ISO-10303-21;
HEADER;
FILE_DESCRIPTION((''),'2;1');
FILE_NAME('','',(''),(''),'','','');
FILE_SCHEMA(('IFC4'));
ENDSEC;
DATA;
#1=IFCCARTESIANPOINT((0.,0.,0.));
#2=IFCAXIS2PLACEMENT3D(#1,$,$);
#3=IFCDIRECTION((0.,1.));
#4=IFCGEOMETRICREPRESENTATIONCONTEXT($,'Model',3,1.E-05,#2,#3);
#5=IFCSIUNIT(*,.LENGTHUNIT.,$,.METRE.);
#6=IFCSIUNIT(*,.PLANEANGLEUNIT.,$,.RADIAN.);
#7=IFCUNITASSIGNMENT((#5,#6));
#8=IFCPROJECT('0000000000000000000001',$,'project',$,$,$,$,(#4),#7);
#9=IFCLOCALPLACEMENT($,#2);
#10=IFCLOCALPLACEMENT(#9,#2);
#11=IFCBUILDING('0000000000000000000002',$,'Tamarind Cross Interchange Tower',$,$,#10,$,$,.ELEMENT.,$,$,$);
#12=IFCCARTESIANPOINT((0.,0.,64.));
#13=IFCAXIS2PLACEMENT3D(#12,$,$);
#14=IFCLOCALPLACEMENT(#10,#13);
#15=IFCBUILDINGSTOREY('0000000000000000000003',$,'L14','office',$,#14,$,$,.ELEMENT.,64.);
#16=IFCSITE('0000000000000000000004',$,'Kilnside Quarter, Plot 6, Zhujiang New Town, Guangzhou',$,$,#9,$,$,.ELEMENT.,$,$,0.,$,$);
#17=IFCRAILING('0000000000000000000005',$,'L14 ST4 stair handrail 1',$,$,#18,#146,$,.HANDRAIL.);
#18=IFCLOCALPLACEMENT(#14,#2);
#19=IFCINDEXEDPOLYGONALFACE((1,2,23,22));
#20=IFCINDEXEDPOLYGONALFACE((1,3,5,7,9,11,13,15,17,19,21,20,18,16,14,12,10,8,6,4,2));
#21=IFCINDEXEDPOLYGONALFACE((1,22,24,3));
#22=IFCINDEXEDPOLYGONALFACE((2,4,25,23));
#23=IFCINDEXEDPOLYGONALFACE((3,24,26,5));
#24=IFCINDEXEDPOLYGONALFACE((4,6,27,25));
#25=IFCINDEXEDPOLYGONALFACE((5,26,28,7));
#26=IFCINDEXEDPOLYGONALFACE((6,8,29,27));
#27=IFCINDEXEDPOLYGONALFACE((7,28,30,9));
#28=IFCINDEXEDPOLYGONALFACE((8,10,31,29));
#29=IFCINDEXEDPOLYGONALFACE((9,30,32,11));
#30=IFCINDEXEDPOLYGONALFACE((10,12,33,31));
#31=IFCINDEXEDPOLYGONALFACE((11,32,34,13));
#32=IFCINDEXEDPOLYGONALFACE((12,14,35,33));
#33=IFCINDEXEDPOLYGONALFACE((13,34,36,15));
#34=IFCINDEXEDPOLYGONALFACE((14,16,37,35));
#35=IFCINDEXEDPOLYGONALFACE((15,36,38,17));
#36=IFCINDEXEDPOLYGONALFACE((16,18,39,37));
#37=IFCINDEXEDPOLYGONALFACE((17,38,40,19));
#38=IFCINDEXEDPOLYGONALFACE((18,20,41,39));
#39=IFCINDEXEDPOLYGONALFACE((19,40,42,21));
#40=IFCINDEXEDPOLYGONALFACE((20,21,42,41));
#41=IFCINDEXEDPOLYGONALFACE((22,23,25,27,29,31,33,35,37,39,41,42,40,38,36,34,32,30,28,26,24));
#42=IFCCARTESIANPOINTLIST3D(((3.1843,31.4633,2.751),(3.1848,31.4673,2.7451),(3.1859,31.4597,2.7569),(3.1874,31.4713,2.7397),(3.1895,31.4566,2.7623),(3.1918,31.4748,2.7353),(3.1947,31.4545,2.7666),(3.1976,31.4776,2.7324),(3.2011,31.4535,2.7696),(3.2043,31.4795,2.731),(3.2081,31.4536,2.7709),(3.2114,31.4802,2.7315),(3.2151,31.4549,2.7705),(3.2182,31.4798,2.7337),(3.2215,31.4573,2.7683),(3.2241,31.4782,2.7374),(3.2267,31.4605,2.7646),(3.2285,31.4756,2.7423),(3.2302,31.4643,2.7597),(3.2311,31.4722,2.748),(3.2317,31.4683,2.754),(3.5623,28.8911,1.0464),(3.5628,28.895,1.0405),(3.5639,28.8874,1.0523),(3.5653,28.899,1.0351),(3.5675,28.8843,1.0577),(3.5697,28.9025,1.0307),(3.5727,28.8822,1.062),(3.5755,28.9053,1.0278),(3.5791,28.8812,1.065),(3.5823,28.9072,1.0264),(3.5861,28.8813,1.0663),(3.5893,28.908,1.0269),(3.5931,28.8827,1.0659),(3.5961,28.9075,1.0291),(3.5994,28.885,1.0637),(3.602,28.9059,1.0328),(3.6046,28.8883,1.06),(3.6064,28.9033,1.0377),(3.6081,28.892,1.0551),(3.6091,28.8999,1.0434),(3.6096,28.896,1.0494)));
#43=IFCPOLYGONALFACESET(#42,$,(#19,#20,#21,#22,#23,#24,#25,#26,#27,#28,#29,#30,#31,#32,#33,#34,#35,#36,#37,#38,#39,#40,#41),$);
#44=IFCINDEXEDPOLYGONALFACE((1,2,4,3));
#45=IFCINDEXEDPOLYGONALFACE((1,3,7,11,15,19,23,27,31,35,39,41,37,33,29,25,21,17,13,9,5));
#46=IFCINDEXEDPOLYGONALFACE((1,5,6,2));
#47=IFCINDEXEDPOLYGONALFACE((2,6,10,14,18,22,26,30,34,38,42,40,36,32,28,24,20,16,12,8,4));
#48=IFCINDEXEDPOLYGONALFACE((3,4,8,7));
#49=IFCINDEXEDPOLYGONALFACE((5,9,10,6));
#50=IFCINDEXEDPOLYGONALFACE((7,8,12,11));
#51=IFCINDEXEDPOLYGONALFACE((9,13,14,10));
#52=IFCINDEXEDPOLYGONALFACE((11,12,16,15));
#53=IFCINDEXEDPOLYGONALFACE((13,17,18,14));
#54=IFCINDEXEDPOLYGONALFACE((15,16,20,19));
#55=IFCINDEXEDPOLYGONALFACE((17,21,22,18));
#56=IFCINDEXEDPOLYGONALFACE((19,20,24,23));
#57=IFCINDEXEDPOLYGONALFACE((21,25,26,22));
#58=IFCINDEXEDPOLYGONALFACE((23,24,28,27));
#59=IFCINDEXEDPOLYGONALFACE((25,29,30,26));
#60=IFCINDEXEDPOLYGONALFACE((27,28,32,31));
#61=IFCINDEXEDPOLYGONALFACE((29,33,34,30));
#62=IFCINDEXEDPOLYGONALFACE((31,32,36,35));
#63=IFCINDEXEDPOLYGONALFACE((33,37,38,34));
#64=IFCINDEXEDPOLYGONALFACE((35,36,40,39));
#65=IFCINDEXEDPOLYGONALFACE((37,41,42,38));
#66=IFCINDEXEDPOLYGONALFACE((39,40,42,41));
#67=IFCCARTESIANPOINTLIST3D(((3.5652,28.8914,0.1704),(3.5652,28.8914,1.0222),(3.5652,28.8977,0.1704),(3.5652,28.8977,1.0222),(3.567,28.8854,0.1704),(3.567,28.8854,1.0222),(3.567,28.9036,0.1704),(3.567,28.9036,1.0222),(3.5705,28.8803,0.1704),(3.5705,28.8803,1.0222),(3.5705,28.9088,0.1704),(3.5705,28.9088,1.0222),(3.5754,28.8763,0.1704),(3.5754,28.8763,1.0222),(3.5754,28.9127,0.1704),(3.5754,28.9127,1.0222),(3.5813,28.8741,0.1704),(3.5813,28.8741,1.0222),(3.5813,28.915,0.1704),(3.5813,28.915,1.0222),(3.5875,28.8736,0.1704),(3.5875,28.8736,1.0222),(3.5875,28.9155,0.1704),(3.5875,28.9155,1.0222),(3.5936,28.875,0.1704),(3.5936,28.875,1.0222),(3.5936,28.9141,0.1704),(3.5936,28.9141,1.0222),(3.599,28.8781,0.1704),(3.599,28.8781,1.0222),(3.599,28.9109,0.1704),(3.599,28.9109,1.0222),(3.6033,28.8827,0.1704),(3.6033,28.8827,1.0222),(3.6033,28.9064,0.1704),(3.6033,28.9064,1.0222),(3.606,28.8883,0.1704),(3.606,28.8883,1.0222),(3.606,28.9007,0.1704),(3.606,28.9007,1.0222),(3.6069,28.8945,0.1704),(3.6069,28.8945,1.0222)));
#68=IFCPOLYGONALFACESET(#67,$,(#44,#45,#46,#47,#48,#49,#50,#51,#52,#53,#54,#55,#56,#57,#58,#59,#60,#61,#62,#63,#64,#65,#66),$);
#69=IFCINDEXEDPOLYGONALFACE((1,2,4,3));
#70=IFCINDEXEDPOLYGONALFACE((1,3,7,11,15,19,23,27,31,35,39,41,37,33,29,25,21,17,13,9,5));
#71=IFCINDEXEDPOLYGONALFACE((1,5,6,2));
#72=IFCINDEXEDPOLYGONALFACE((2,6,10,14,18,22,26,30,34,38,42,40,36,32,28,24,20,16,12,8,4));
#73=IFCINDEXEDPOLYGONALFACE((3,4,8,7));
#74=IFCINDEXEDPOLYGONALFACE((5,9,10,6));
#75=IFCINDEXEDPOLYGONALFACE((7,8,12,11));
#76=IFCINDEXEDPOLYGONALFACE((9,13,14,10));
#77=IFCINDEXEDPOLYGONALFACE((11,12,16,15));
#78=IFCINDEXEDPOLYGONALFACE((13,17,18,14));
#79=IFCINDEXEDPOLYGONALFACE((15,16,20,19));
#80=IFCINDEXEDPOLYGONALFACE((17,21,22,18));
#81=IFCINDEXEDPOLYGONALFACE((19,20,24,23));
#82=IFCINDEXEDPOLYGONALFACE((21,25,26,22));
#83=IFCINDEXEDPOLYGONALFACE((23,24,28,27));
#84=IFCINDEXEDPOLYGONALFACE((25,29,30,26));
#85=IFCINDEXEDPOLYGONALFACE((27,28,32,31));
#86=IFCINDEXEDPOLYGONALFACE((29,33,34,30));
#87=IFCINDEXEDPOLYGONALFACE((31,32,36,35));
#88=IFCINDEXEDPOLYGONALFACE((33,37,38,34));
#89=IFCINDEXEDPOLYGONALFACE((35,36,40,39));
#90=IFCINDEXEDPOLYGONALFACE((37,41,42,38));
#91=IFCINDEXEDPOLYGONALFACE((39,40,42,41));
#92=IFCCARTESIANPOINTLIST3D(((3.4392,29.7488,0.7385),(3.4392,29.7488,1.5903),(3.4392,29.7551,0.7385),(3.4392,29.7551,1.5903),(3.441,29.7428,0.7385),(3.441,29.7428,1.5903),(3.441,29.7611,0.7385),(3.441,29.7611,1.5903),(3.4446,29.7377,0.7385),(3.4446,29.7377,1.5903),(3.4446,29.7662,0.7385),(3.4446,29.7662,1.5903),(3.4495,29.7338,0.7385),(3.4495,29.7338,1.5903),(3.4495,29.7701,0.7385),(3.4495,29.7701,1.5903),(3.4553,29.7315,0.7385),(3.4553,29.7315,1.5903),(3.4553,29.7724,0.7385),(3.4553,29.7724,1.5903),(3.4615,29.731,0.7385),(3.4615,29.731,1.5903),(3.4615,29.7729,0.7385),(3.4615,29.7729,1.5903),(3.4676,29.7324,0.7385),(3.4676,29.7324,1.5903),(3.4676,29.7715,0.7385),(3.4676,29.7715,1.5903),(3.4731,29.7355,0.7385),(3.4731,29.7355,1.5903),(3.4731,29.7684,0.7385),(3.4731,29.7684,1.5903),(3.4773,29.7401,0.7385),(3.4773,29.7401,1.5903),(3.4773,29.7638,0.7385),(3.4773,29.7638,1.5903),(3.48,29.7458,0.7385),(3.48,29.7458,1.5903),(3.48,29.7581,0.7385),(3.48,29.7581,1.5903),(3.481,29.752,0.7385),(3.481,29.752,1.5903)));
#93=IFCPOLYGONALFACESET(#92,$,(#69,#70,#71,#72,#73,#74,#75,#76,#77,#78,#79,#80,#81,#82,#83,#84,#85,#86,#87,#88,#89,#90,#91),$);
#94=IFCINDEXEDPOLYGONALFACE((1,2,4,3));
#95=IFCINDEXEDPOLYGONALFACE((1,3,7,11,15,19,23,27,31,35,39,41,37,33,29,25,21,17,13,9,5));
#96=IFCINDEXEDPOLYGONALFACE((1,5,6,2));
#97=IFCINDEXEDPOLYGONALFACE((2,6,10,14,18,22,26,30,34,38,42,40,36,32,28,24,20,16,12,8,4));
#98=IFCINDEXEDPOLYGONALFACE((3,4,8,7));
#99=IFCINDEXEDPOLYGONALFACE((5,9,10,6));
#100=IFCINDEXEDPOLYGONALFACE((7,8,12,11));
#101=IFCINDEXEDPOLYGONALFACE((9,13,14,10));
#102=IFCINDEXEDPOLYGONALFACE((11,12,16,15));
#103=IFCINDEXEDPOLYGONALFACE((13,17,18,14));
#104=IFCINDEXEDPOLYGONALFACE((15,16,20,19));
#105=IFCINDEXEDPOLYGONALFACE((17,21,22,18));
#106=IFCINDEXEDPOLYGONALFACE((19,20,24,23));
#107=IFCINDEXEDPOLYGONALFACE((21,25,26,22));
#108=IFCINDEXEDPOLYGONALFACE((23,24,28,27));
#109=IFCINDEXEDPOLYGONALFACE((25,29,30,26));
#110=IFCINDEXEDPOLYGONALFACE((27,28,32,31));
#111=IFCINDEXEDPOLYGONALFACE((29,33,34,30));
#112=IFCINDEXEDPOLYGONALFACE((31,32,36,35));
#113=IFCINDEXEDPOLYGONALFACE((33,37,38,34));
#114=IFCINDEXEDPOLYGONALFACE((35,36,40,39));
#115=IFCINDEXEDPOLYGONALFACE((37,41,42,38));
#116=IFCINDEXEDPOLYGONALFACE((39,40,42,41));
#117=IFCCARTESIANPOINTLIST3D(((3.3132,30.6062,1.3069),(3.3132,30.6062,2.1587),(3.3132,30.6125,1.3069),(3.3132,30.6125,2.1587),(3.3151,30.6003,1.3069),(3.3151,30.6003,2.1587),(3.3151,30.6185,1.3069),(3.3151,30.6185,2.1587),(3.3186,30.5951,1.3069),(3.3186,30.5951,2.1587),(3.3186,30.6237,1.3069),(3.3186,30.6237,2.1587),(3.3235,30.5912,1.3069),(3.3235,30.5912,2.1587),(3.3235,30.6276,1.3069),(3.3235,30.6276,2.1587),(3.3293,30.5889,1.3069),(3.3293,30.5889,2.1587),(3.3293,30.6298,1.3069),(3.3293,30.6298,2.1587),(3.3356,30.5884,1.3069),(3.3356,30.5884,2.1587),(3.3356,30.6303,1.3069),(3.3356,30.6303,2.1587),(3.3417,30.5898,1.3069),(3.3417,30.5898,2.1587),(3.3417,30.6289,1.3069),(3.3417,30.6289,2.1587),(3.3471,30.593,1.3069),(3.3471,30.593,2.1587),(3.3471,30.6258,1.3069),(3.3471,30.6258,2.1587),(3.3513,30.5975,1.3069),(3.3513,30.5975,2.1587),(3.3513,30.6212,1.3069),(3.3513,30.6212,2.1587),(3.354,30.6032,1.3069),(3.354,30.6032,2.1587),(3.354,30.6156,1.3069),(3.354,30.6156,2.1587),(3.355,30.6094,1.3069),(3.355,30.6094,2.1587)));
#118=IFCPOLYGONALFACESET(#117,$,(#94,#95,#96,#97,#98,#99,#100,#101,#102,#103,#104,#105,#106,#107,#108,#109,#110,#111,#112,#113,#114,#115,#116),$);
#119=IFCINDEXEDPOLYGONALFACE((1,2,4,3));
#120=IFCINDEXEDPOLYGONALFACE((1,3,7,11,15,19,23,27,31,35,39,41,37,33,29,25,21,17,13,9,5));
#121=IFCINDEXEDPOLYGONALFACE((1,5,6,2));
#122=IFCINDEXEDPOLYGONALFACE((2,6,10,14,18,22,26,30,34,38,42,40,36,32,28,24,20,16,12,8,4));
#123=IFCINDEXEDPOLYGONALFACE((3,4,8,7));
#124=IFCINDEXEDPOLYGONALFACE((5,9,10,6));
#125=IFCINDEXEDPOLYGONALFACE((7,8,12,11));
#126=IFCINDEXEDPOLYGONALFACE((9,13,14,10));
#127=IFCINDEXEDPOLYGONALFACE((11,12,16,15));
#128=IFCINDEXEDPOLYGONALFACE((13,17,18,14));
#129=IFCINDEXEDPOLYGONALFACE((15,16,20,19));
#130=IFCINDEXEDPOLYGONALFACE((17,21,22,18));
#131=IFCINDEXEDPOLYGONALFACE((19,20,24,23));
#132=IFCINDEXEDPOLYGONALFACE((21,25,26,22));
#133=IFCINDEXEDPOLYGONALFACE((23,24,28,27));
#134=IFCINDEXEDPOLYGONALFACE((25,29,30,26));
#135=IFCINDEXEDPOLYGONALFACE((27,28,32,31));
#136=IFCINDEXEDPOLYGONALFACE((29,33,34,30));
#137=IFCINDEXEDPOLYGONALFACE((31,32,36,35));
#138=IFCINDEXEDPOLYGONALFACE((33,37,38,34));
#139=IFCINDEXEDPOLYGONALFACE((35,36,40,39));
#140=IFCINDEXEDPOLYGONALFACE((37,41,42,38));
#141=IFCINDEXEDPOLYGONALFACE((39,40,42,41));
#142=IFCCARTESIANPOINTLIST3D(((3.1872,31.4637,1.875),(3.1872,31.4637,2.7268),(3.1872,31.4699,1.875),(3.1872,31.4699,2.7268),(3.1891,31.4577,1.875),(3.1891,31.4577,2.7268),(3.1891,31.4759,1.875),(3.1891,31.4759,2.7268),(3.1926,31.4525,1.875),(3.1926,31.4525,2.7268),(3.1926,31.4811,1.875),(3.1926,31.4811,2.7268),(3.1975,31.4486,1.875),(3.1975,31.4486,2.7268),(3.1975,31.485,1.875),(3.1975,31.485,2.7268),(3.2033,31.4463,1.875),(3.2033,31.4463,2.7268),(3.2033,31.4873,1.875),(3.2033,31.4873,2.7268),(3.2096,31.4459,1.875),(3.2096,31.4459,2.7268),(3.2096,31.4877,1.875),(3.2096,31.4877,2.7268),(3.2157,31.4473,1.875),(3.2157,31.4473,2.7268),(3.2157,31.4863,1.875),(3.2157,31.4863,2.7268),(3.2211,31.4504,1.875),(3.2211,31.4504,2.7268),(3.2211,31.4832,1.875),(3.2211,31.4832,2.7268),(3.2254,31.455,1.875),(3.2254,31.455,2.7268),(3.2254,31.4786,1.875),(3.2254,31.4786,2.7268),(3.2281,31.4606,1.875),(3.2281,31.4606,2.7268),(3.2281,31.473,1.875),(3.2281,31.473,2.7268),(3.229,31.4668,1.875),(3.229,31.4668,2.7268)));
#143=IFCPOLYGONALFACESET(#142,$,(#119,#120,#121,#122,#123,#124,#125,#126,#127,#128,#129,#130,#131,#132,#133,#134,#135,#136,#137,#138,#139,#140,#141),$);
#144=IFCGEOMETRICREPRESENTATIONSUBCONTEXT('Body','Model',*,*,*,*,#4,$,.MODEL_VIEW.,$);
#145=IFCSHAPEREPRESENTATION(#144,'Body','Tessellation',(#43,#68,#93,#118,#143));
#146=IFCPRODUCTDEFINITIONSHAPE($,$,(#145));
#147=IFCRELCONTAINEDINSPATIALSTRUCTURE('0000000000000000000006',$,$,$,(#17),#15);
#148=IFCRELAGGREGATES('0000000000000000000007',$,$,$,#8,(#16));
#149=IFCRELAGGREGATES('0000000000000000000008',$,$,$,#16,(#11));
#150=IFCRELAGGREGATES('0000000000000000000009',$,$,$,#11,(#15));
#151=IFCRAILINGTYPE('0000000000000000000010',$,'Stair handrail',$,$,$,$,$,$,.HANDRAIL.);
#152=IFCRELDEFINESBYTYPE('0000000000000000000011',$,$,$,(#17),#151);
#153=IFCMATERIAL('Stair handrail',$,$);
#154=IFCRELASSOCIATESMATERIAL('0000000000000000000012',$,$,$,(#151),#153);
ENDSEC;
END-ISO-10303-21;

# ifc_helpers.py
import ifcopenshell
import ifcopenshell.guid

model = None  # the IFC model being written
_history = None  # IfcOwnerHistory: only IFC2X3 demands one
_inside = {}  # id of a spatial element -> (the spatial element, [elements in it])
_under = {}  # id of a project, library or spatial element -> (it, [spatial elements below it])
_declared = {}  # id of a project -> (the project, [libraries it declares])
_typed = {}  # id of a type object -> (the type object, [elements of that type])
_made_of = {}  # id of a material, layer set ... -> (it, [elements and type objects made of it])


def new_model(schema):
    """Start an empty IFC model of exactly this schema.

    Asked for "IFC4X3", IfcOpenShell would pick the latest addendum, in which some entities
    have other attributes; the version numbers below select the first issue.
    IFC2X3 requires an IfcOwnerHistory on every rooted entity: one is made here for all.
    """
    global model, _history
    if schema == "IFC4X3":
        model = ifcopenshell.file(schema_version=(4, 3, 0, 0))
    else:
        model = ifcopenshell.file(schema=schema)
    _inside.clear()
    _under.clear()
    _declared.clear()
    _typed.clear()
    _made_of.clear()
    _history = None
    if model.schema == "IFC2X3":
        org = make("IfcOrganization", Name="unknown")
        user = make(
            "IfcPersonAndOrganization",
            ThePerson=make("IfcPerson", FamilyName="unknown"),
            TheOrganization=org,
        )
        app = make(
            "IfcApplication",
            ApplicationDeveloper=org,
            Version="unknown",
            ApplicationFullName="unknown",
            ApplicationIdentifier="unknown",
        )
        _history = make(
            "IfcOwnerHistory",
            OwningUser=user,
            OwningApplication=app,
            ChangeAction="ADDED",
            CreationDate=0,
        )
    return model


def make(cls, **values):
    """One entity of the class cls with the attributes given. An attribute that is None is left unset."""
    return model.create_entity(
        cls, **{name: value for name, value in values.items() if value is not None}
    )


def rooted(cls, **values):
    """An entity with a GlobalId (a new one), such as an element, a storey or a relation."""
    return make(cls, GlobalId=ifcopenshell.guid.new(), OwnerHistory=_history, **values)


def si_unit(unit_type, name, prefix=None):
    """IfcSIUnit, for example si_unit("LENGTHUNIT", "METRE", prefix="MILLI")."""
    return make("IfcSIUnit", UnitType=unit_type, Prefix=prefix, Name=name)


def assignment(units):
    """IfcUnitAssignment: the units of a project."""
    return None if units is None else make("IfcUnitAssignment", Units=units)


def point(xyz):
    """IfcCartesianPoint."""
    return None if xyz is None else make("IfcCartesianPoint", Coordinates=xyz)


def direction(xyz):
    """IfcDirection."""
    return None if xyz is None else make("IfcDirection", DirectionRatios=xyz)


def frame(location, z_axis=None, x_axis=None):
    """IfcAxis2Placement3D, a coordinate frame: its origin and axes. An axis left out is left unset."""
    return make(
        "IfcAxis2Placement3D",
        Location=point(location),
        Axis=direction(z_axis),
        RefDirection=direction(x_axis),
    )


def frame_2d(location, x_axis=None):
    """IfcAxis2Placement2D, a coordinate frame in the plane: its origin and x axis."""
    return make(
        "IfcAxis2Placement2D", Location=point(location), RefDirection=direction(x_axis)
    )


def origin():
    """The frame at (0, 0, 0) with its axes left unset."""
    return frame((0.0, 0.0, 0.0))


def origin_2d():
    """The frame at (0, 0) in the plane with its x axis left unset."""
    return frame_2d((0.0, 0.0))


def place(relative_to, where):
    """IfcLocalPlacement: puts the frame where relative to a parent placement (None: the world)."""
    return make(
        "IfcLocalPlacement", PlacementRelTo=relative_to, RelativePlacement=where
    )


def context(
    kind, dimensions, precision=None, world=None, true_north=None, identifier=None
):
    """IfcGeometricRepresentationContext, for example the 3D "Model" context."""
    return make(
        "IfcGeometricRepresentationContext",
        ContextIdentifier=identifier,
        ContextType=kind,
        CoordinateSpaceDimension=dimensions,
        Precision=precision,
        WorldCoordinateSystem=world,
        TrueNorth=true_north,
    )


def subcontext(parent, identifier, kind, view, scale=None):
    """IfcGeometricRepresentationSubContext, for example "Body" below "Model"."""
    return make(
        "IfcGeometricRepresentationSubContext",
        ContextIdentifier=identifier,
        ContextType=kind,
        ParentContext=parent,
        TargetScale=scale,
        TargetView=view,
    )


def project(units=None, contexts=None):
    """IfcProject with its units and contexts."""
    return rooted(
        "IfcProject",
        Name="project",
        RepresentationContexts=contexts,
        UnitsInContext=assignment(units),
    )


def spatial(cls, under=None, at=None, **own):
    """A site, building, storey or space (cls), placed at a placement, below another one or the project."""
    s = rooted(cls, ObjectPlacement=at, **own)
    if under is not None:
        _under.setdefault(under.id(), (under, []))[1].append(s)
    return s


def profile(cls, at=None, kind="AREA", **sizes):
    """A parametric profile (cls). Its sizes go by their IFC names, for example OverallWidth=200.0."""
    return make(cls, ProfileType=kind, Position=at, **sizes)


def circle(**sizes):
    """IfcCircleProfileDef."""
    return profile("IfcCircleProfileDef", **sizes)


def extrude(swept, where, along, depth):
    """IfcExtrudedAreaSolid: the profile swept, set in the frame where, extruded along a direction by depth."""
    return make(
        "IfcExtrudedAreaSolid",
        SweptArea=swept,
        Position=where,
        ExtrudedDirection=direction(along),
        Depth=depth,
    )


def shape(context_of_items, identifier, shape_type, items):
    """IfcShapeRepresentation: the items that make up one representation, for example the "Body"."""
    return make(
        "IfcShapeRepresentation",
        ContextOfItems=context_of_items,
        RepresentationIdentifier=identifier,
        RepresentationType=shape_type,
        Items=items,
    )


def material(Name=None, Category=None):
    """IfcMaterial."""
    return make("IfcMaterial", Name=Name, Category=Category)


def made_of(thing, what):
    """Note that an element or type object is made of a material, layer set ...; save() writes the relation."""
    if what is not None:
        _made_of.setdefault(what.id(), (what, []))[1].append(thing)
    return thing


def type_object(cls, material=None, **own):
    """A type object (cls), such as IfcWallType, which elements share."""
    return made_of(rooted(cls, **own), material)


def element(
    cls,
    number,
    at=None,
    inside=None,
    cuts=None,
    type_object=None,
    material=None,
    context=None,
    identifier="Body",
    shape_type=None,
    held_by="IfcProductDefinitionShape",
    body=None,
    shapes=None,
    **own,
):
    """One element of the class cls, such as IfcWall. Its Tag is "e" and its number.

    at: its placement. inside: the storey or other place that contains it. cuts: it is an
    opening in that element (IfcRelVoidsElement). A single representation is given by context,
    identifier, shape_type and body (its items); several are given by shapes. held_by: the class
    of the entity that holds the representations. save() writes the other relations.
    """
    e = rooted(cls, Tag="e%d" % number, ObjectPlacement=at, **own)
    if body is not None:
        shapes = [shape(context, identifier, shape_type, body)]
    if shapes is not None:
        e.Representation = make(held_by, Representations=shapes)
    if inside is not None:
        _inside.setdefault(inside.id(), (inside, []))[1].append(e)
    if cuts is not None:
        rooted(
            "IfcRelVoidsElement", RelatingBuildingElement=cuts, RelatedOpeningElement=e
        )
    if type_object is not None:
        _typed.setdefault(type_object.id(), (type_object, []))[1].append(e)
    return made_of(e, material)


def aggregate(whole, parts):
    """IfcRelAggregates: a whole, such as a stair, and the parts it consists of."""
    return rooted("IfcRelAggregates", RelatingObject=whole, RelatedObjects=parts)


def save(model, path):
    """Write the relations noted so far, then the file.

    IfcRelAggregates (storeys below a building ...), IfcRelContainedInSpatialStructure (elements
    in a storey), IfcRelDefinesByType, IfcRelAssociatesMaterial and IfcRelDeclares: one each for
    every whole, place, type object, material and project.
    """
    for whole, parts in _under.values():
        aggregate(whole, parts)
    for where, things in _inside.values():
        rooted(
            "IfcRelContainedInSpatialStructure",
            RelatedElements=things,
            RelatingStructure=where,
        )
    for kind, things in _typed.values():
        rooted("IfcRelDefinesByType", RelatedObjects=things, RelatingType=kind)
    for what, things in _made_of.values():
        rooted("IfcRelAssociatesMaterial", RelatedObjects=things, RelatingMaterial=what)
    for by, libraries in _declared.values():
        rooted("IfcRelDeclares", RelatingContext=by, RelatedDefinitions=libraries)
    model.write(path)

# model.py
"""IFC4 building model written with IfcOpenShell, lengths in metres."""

from ifc_helpers import new_model, si_unit, direction, frame, origin, origin_2d, place, context, subcontext, project, spatial, circle, extrude, material, type_object, element, save


model = new_model("IFC4")

# Units and contexts
model_context = context("Model", 3, precision=1e-05, world=origin(), true_north=direction((0.0, 1.0)))
body_context = subcontext(model_context, "Body", "Model", "MODEL_VIEW")
ifc_project = project(units=[si_unit("LENGTHUNIT", "METRE"), si_unit("PLANEANGLEUNIT", "RADIAN")], contexts=[model_context])

# Site, building, storey
site_placement = place(None, origin())
site = spatial("IfcSite", under=ifc_project, at=site_placement, Name="Kilnside Quarter, Plot 6, Zhujiang New Town, Guangzhou", CompositionType="ELEMENT", RefElevation=0.0)
building_placement = place(site_placement, origin())
building = spatial("IfcBuilding", under=site, at=building_placement, Name="Tamarind Cross Interchange Tower", CompositionType="ELEMENT")
storey_placement = place(building_placement, frame((0.0, 0.0, 64.0)))
storey = spatial("IfcBuildingStorey", under=building, at=storey_placement, Name="L14", Description="office", CompositionType="ELEMENT", Elevation=64.0)

# Railing
ifc_material_1 = material(Name="Stair handrail")
railing_type_1 = type_object("IfcRailingType", Name="Stair handrail", PredefinedType="HANDRAIL", material=ifc_material_1)
railing_1_placement = place(storey_placement, frame((3.5859, 28.8945, 0.1704)))
element("IfcRailing", 1, at=railing_1_placement, inside=storey, type_object=railing_type_1, Name="L14 ST4 stair handrail 1", PredefinedType="HANDRAIL", context=body_context, shape_type="SweptSolid", body=[
    extrude(circle(Radius=0.0239, at=origin_2d()), frame((0.0, 0.0, 0.876), z_axis=(-0.121565, 0.827398, 0.548301), x_axis=(-0.989378, -0.145364, 0.0)), (0.0, 0.0, 1.0), 3.1089),
    extrude(circle(Radius=0.021, at=origin_2d()), origin(), (0.0, 0.0, 1.0), 0.8518),
    extrude(circle(Radius=0.021, at=origin_2d()), frame((-0.126, 0.8574, 0.5681)), (0.0, 0.0, 1.0), 0.8518),
    extrude(circle(Radius=0.021, at=origin_2d()), frame((-0.252, 1.7148, 1.1365)), (0.0, 0.0, 1.0), 0.8518),
    extrude(circle(Radius=0.021, at=origin_2d()), frame((-0.3779, 2.5723, 1.7046)), (0.0, 0.0, 1.0), 0.8518),
])

save(model, "model.ifc")
